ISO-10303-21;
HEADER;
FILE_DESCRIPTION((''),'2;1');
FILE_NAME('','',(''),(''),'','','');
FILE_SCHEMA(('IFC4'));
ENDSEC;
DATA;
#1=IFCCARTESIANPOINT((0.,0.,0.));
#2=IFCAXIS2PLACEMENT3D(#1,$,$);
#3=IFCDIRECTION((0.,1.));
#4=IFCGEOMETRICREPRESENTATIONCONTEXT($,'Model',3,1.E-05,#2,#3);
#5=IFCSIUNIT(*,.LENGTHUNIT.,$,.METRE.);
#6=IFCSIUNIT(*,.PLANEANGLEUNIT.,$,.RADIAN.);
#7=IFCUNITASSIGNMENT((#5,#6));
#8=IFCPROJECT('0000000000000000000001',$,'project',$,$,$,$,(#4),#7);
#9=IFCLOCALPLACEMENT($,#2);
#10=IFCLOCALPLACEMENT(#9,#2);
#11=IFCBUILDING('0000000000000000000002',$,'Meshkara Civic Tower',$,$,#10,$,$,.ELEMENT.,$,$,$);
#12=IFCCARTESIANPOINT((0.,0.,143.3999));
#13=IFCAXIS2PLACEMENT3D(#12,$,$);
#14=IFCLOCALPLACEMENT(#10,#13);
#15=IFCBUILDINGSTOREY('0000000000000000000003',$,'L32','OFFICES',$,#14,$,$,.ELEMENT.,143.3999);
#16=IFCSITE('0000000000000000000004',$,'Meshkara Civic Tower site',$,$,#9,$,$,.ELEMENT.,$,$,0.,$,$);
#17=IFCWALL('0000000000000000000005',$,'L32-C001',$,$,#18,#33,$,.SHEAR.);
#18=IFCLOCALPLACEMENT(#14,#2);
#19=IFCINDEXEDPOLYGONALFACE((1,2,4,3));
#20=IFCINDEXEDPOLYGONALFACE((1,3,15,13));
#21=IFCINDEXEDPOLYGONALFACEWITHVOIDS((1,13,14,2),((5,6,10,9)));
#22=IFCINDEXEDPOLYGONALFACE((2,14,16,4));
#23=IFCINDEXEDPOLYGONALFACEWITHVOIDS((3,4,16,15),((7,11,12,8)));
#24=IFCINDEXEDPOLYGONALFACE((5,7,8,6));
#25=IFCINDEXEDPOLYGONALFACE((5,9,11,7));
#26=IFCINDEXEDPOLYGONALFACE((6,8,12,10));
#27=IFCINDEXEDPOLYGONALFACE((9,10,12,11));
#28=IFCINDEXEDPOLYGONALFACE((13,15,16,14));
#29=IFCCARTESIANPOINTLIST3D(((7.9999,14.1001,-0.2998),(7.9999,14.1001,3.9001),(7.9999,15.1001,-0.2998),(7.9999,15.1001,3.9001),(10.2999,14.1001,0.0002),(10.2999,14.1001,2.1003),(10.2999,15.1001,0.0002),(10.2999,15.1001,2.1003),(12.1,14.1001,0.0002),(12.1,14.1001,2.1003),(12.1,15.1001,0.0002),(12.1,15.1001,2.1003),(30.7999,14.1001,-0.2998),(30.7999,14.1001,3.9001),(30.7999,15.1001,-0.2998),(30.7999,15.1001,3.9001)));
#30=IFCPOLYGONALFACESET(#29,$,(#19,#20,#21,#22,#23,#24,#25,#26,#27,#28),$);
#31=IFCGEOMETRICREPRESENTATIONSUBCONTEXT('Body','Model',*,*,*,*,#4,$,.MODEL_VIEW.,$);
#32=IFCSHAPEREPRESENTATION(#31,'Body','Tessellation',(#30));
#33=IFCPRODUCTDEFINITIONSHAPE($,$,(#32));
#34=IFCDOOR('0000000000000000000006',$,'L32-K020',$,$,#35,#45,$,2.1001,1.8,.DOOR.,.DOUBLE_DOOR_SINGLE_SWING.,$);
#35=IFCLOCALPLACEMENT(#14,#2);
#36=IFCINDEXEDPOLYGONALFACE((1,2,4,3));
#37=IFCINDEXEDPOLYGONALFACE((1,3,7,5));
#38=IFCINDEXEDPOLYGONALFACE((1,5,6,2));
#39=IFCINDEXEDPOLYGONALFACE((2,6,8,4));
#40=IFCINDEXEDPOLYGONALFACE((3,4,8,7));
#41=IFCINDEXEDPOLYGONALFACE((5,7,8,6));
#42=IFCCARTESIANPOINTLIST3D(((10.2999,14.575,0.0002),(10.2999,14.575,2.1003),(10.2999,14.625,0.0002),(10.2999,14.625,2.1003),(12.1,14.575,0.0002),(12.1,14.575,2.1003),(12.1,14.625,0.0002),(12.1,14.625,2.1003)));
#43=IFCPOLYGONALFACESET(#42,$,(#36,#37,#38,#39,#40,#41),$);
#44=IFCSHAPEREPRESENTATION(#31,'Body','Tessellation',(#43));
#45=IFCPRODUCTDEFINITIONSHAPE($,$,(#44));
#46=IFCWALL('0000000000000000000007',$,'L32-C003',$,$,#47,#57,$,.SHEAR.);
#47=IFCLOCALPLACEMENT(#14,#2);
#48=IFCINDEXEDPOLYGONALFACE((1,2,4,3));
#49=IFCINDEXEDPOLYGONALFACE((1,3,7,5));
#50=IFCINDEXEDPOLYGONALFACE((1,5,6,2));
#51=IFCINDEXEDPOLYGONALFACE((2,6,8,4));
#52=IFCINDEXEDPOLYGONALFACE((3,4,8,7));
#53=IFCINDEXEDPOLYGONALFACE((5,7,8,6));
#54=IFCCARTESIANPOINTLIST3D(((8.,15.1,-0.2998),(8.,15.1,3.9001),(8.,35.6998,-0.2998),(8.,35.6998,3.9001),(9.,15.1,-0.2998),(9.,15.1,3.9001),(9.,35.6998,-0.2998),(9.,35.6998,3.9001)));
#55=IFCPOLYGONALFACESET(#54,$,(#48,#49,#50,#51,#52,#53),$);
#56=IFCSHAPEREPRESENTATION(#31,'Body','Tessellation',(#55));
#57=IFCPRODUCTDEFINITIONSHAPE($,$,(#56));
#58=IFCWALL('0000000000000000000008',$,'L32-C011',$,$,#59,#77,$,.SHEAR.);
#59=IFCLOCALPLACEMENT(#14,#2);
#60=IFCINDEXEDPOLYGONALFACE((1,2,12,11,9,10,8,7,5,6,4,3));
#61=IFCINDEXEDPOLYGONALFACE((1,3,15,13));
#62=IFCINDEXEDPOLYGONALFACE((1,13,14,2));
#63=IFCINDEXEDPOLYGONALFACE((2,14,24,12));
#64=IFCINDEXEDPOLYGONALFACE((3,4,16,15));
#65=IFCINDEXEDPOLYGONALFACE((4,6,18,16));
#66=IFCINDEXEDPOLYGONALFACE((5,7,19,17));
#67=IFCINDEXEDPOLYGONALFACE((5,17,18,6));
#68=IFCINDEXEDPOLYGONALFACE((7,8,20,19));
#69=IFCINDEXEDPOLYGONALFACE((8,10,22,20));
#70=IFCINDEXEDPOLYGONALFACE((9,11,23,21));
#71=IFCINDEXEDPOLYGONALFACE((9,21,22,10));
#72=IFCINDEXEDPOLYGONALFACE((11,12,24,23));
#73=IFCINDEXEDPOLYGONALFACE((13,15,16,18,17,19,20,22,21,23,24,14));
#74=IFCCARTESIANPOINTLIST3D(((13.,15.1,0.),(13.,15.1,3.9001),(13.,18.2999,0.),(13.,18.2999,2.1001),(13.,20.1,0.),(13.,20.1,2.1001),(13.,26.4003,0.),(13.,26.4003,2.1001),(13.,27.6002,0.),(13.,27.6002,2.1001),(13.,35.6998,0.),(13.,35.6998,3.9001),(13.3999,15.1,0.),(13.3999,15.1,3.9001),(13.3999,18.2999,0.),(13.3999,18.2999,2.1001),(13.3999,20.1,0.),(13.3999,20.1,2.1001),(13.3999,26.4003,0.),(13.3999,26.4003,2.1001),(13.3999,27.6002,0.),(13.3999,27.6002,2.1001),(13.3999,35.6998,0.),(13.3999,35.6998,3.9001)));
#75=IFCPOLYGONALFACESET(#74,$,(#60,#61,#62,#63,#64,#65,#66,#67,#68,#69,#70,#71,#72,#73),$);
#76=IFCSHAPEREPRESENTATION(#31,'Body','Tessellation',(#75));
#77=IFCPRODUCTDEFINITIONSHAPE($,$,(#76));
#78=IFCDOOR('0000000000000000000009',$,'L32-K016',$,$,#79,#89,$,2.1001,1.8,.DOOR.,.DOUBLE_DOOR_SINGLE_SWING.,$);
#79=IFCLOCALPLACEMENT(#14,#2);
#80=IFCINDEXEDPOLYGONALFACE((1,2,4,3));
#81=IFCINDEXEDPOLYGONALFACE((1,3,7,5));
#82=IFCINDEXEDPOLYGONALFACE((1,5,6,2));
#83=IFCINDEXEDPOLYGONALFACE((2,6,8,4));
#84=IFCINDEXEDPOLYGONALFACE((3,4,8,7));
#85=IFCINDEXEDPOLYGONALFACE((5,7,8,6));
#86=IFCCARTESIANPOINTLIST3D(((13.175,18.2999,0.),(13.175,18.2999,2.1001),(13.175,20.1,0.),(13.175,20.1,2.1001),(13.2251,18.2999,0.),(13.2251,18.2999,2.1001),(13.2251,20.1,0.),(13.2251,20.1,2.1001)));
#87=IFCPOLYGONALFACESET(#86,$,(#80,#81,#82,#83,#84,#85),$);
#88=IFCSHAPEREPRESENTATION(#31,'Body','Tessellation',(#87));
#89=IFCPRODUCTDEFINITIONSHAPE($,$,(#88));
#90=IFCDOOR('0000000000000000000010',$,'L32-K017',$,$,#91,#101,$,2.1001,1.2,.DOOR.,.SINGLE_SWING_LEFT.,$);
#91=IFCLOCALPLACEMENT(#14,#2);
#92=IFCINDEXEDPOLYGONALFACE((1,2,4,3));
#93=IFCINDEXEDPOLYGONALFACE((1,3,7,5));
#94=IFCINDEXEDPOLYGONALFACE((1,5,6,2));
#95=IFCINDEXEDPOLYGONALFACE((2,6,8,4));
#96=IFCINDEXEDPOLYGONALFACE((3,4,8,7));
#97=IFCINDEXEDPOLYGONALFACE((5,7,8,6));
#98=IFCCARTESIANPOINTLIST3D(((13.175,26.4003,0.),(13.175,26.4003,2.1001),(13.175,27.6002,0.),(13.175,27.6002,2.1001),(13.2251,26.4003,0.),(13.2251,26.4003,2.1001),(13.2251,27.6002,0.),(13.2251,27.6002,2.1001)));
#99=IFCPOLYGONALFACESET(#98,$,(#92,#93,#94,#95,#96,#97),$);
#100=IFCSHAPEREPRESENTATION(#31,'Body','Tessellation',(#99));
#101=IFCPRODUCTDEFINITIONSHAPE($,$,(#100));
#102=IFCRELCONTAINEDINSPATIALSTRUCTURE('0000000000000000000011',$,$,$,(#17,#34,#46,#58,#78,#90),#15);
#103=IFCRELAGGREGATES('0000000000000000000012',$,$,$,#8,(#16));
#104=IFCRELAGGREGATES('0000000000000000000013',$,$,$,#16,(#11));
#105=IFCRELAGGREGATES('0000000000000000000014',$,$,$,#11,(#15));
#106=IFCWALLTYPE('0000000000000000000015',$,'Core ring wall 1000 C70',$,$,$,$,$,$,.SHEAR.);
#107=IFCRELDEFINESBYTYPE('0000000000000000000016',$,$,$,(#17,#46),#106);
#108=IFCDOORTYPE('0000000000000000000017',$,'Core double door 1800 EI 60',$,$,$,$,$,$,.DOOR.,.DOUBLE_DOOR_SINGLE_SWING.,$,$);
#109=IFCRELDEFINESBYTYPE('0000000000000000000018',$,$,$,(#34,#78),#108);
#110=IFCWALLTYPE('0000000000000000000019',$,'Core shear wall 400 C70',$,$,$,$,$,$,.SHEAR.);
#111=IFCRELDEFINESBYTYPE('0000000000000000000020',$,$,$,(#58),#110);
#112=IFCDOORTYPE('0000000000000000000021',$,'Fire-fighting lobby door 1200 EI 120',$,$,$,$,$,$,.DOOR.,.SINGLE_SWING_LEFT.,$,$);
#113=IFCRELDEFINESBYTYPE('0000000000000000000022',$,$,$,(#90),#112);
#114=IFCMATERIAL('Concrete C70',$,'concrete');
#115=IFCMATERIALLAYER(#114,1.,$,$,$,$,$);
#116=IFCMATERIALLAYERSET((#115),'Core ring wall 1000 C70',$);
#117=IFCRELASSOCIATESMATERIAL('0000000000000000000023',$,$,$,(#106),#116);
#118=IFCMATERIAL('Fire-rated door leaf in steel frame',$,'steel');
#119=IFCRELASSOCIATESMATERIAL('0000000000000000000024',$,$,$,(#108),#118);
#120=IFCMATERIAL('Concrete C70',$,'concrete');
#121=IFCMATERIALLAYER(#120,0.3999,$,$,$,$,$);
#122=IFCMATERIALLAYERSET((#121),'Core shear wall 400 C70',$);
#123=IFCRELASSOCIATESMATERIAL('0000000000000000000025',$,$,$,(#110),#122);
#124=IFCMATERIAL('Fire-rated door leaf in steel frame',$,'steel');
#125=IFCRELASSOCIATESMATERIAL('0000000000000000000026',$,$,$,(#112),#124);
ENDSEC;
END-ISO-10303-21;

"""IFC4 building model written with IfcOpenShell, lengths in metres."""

from ifc_helpers import new_model, si_unit, direction, frame, frame_2d, origin, place, context, subcontext, project, spatial, rectangle, extrude, material, layer, layer_set, type_object, element, fill, save


model = new_model("IFC4")

# Units and contexts
model_context = context("Model", 3, precision=1e-05, world=origin(), true_north=direction((0.0, 1.0)))
body_context = subcontext(model_context, "Body", "Model", "MODEL_VIEW")
ifc_project = project(units=[si_unit("LENGTHUNIT", "METRE"), si_unit("PLANEANGLEUNIT", "RADIAN")], contexts=[model_context])

# Site, building, storey
site_placement = place(None, origin())
site = spatial("IfcSite", under=ifc_project, at=site_placement, Name="Meshkara Civic Tower site", CompositionType="ELEMENT", RefElevation=0.0)
building_placement = place(site_placement, origin())
building = spatial("IfcBuilding", under=site, at=building_placement, Name="Meshkara Civic Tower", CompositionType="ELEMENT")
storey_placement = place(building_placement, frame((0.0, 0.0, 143.3999)))
storey = spatial("IfcBuildingStorey", under=building, at=storey_placement, Name="L32", Description="OFFICES", CompositionType="ELEMENT", Elevation=143.3999)

# Wall, opening, door
ifc_material_1 = material(Name="Concrete C70", Category="concrete")
ifc_layer_1 = layer(ifc_material_1, 1.0)
ifc_layer_set_1 = layer_set([ifc_layer_1], Name="Core ring wall 1000 C70")
wall_type_1 = type_object("IfcWallType", Name="Core ring wall 1000 C70", PredefinedType="SHEAR", material=ifc_layer_set_1)
wall_1_placement = place(storey_placement, frame((8.0, 14.6001, -0.2998), z_axis=(0.0, 0.0, 1.0), x_axis=(1.0, 0.0, 0.0)))
wall_1 = element("IfcWall", 1, at=wall_1_placement, inside=storey, type_object=wall_type_1, Name="L32-C001", PredefinedType="SHEAR", context=body_context, shape_type="SweptSolid", body=[
    extrude(rectangle(XDim=22.8, YDim=1.0, at=frame_2d((11.3999, 0.0))), origin(), (0.0, 0.0, 1.0), 4.2),
])
opening_1_placement = place(wall_1_placement, frame((2.3, 0.0, 0.3)))
opening_1 = element("IfcOpeningElement", 2, at=opening_1_placement, cuts=wall_1, PredefinedType="OPENING", context=body_context, shape_type="SweptSolid", body=[
    extrude(rectangle(XDim=1.8, YDim=2.1001, at=frame_2d((0.8999, 1.05))), frame((0.0, 0.51, 0.0), z_axis=(0.0, -1.0, 0.0), x_axis=(1.0, 0.0, 0.0)), (0.0, 0.0, 1.0), 1.02),
])
ifc_material_2 = material(Name="Fire-rated door leaf in steel frame", Category="steel")
door_type_1 = type_object("IfcDoorType", Name="Core double door 1800 EI 60", OperationType="DOUBLE_DOOR_SINGLE_SWING", PredefinedType="DOOR", material=ifc_material_2)
door_1_placement = place(opening_1_placement, origin())
door_1 = element("IfcDoor", 3, at=door_1_placement, inside=storey, type_object=door_type_1, Name="L32-K020", OperationType="DOUBLE_DOOR_SINGLE_SWING", OverallHeight=2.1001, OverallWidth=1.8, PredefinedType="DOOR", context=body_context, shape_type="SweptSolid", body=[
    extrude(rectangle(XDim=1.8, YDim=2.1001, at=frame_2d((0.8999, 1.05))), frame((0.0, 0.0249, 0.0), z_axis=(0.0, -1.0, 0.0), x_axis=(1.0, 0.0, 0.0)), (0.0, 0.0, 1.0), 0.05),
])
fill(opening_1, door_1)

# Wall
wall_2_placement = place(storey_placement, frame((8.5, 15.1001, -0.2998), z_axis=(0.0, 0.0, 1.0), x_axis=(0.0, 1.0, 0.0)))
element("IfcWall", 4, at=wall_2_placement, inside=storey, type_object=wall_type_1, Name="L32-C003", PredefinedType="SHEAR", context=body_context, shape_type="SweptSolid", body=[
    extrude(rectangle(XDim=20.5999, YDim=1.0, at=frame_2d((10.2998, 0.0))), origin(), (0.0, 0.0, 1.0), 4.2),
])

# Wall, openings, doors
ifc_material_3 = material(Name="Concrete C70", Category="concrete")
ifc_layer_2 = layer(ifc_material_3, 0.3999)
ifc_layer_set_2 = layer_set([ifc_layer_2], Name="Core shear wall 400 C70")
wall_type_2 = type_object("IfcWallType", Name="Core shear wall 400 C70", PredefinedType="SHEAR", material=ifc_layer_set_2)
wall_3_placement = place(storey_placement, frame((13.2, 15.1001, 0.0), z_axis=(0.0, 0.0, 1.0), x_axis=(0.0, 1.0, 0.0)))
wall_3 = element("IfcWall", 5, at=wall_3_placement, inside=storey, type_object=wall_type_2, Name="L32-C011", PredefinedType="SHEAR", context=body_context, shape_type="SweptSolid", body=[
    extrude(rectangle(XDim=20.5999, YDim=0.3999, at=frame_2d((10.2998, 0.0))), origin(), (0.0, 0.0, 1.0), 3.9001),
])
opening_2_placement = place(wall_3_placement, frame((3.2, 0.0, 0.0)))
opening_2 = element("IfcOpeningElement", 6, at=opening_2_placement, cuts=wall_3, PredefinedType="OPENING", context=body_context, shape_type="SweptSolid", body=[
    extrude(rectangle(XDim=1.8, YDim=2.1001, at=frame_2d((0.8999, 1.05))), frame((0.0, 0.21, 0.0), z_axis=(0.0, -1.0, 0.0), x_axis=(1.0, 0.0, 0.0)), (0.0, 0.0, 1.0), 0.4199),
])
opening_3_placement = place(wall_3_placement, frame((11.3, 0.0, 0.0)))
opening_3 = element("IfcOpeningElement", 7, at=opening_3_placement, cuts=wall_3, PredefinedType="OPENING", context=body_context, shape_type="SweptSolid", body=[
    extrude(rectangle(XDim=1.2, YDim=2.1001, at=frame_2d((0.6001, 1.05))), frame((0.0, 0.21, 0.0), z_axis=(0.0, -1.0, 0.0), x_axis=(1.0, 0.0, 0.0)), (0.0, 0.0, 1.0), 0.4199),
])
door_2_placement = place(opening_2_placement, origin())
door_2 = element("IfcDoor", 8, at=door_2_placement, inside=storey, type_object=door_type_1, Name="L32-K016", OperationType="DOUBLE_DOOR_SINGLE_SWING", OverallHeight=2.1001, OverallWidth=1.8, PredefinedType="DOOR", context=body_context, shape_type="SweptSolid", body=[
    extrude(rectangle(XDim=1.8, YDim=2.1001, at=frame_2d((0.8999, 1.05))), frame((0.0, 0.0249, 0.0), z_axis=(0.0, -1.0, 0.0), x_axis=(1.0, 0.0, 0.0)), (0.0, 0.0, 1.0), 0.05),
])
fill(opening_2, door_2)
ifc_material_4 = material(Name="Fire-rated door leaf in steel frame", Category="steel")
door_type_2 = type_object("IfcDoorType", Name="Fire-fighting lobby door 1200 EI 120", OperationType="SINGLE_SWING_LEFT", PredefinedType="DOOR", material=ifc_material_4)
door_3_placement = place(opening_3_placement, origin())
door_3 = element("IfcDoor", 9, at=door_3_placement, inside=storey, type_object=door_type_2, Name="L32-K017", OperationType="SINGLE_SWING_LEFT", OverallHeight=2.1001, OverallWidth=1.2, PredefinedType="DOOR", context=body_context, shape_type="SweptSolid", body=[
    extrude(rectangle(XDim=1.2, YDim=2.1001, at=frame_2d((0.6001, 1.05))), frame((0.0, 0.0249, 0.0), z_axis=(0.0, -1.0, 0.0), x_axis=(1.0, 0.0, 0.0)), (0.0, 0.0, 1.0), 0.05),
])
fill(opening_3, door_3)

save(model, "model.ifc")
